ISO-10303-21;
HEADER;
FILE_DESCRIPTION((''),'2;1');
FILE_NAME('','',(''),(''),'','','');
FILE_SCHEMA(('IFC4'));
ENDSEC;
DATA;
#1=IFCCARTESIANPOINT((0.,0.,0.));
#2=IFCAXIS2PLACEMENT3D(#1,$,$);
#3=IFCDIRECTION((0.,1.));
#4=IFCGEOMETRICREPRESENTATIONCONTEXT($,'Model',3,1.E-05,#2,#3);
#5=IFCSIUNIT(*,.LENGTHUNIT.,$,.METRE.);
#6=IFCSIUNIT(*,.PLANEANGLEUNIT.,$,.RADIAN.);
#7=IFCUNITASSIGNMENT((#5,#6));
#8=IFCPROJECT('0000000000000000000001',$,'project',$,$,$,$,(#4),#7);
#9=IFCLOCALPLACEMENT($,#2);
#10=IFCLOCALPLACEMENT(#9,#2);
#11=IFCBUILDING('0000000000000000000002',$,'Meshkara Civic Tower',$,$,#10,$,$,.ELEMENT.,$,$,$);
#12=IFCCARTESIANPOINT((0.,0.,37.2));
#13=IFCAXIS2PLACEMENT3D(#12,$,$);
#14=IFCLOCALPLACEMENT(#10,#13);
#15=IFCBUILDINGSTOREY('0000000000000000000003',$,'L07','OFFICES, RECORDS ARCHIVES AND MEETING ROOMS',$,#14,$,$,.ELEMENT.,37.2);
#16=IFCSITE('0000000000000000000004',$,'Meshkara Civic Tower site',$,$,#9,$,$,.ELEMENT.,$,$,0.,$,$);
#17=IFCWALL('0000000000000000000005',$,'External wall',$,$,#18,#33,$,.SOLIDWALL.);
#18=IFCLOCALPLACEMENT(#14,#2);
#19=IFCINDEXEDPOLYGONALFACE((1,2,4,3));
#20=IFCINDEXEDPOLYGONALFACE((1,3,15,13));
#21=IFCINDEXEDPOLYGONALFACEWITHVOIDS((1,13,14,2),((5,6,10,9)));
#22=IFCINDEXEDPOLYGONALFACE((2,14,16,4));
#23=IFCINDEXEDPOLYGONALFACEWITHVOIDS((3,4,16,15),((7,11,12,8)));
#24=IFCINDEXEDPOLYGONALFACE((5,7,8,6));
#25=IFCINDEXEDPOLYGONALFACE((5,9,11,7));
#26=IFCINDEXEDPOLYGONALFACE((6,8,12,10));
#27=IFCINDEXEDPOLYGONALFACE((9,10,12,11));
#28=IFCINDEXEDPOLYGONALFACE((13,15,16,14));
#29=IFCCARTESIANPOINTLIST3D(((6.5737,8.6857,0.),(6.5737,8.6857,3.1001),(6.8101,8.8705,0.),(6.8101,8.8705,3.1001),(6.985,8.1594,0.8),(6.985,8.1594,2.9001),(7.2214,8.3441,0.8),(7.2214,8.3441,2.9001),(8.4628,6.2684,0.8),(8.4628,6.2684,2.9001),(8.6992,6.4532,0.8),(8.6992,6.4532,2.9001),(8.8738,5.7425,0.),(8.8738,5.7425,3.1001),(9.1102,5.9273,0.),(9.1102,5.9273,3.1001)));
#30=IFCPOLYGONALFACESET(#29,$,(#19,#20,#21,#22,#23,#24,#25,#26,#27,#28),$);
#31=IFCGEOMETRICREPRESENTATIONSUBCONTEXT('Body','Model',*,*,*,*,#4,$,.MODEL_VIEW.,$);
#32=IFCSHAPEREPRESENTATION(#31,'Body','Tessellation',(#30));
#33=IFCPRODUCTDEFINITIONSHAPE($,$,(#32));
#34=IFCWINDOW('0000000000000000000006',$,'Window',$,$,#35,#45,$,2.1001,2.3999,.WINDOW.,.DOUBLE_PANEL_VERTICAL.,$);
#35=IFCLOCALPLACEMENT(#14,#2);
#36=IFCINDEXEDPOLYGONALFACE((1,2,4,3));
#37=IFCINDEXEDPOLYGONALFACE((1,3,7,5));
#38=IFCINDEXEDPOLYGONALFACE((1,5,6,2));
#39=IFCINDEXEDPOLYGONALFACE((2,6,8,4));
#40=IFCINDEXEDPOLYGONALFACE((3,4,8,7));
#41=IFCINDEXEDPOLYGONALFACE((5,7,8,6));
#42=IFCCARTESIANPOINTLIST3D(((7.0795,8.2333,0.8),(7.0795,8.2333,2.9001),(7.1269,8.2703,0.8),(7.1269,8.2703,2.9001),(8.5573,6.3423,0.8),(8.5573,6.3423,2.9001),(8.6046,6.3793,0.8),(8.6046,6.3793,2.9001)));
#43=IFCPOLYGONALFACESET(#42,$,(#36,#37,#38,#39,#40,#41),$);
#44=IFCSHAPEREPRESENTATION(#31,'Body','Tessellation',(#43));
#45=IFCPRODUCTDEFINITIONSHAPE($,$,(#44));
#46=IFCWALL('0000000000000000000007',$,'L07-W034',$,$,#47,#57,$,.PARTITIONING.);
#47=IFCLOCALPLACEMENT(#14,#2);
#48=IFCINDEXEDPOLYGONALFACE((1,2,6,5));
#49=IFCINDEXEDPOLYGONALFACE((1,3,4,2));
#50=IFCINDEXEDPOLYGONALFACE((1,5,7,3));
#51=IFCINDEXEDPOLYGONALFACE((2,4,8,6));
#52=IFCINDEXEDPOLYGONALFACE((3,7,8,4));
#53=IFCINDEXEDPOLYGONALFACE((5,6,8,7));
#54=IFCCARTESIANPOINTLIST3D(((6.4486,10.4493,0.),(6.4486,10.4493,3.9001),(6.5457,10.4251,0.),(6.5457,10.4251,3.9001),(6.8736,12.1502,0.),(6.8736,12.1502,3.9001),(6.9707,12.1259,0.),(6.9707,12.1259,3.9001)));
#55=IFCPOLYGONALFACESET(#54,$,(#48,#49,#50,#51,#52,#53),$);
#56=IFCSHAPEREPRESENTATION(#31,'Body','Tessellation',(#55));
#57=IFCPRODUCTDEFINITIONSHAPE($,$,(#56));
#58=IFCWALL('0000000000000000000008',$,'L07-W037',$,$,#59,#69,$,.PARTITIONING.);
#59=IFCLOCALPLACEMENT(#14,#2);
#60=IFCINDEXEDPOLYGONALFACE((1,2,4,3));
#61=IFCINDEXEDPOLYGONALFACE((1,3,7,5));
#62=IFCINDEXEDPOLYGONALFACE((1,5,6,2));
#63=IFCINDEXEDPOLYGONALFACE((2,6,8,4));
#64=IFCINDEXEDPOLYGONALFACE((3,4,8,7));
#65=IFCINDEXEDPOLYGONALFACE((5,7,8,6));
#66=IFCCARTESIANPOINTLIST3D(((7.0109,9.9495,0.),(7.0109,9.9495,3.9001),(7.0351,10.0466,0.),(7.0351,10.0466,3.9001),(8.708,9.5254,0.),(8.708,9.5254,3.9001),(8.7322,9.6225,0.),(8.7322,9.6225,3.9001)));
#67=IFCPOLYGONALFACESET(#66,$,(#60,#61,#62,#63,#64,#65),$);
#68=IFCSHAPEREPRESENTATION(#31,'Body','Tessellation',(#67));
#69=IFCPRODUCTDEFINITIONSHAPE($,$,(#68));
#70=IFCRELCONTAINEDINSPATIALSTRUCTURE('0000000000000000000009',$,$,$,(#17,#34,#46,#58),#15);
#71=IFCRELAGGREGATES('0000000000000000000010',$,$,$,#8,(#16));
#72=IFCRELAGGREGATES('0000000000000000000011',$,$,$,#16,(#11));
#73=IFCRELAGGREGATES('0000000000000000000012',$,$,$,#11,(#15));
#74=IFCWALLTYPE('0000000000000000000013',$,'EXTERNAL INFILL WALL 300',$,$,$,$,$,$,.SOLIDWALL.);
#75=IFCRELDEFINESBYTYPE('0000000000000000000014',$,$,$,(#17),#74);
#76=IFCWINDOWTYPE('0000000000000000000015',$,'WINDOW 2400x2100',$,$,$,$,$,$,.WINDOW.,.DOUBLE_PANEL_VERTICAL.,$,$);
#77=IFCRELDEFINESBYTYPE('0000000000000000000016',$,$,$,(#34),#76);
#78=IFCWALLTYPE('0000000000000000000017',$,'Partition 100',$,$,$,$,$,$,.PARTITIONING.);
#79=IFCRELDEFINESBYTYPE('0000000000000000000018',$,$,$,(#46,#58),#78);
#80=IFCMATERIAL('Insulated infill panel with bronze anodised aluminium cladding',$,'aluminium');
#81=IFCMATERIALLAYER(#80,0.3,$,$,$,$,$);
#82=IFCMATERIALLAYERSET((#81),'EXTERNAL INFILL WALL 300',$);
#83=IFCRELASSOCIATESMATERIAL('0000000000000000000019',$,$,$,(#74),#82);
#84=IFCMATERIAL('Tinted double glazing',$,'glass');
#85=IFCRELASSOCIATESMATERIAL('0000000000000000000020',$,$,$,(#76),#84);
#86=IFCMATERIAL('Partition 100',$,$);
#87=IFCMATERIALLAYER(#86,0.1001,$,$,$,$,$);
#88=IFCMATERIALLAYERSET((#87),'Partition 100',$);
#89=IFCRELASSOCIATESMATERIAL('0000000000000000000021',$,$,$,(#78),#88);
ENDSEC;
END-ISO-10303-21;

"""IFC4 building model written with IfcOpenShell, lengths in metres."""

from ifc_helpers import new_model, si_unit, direction, frame, frame_2d, origin, place, context, subcontext, project, spatial, rectangle, extrude, material, layer, layer_set, type_object, element, fill, save


model = new_model("IFC4")

# Units and contexts
model_context = context("Model", 3, precision=1e-05, world=origin(), true_north=direction((0.0, 1.0)))
body_context = subcontext(model_context, "Body", "Model", "MODEL_VIEW")
ifc_project = project(units=[si_unit("LENGTHUNIT", "METRE"), si_unit("PLANEANGLEUNIT", "RADIAN")], contexts=[model_context])

# Site, building, storey
site_placement = place(None, origin())
site = spatial("IfcSite", under=ifc_project, at=site_placement, Name="Meshkara Civic Tower site", CompositionType="ELEMENT", RefElevation=0.0)
building_placement = place(site_placement, origin())
building = spatial("IfcBuilding", under=site, at=building_placement, Name="Meshkara Civic Tower", CompositionType="ELEMENT")
storey_placement = place(building_placement, frame((0.0, 0.0, 37.2)))
storey = spatial("IfcBuildingStorey", under=building, at=storey_placement, Name="L07", Description="OFFICES, RECORDS ARCHIVES AND MEETING ROOMS", CompositionType="ELEMENT", Elevation=37.2)

# Wall, opening, window
ifc_material_1 = material(Name="Insulated infill panel with bronze anodised aluminium cladding", Category="aluminium")
ifc_layer_1 = layer(ifc_material_1, 0.3)
ifc_layer_set_1 = layer_set([ifc_layer_1], Name="EXTERNAL INFILL WALL 300")
wall_type_1 = type_object("IfcWallType", Name="EXTERNAL INFILL WALL 300", PredefinedType="SOLIDWALL", material=ifc_layer_set_1)
ifc_material_2 = material(Name="Tinted double glazing", Category="glass")
window_type = type_object("IfcWindowType", Name="WINDOW 2400x2100", PartitioningType="DOUBLE_PANEL_VERTICAL", PredefinedType="WINDOW", material=ifc_material_2)
wall_1_placement = place(storey_placement, frame((6.6919, 8.7781, 0.0), z_axis=(0.0, 0.0, 1.0), x_axis=(0.615767, -0.787928, 0.0)))
wall_1 = element("IfcWall", 1, at=wall_1_placement, inside=storey, type_object=wall_type_1, Name="External wall", PredefinedType="SOLIDWALL", context=body_context, shape_type="SweptSolid", body=[
    extrude(rectangle(XDim=3.7354, YDim=0.3, at=frame_2d((1.8677, 0.0))), origin(), (0.0, 0.0, 1.0), 3.1001),
])
opening_1_placement = place(wall_1_placement, frame((0.668, 0.0, 0.8)))
opening_1 = element("IfcOpeningElement", 2, at=opening_1_placement, cuts=wall_1, PredefinedType="OPENING", context=body_context, shape_type="SweptSolid", body=[
    extrude(rectangle(XDim=2.3999, YDim=2.1001, at=frame_2d((1.2, 1.05))), frame((0.0, 0.1599, 0.0), z_axis=(0.0, -1.0, 0.0), x_axis=(1.0, 0.0, 0.0)), (0.0, 0.0, 1.0), 0.3201),
])
window_1_placement = place(opening_1_placement, origin())
window_1 = element("IfcWindow", 3, at=window_1_placement, inside=storey, type_object=window_type, Name="Window", OverallHeight=2.1001, OverallWidth=2.3999, PartitioningType="DOUBLE_PANEL_VERTICAL", PredefinedType="WINDOW", context=body_context, shape_type="SweptSolid", body=[
    extrude(rectangle(XDim=2.3999, YDim=2.1001, at=frame_2d((1.2, 1.05))), frame((0.0, 0.03, 0.0), z_axis=(0.0, -1.0, 0.0), x_axis=(1.0, 0.0, 0.0)), (0.0, 0.0, 1.0), 0.0601),
])
fill(opening_1, window_1)

# Walls
ifc_material_3 = material(Name="Partition 100")
ifc_layer_2 = layer(ifc_material_3, 0.1001)
ifc_layer_set_2 = layer_set([ifc_layer_2], Name="Partition 100")
wall_type_2 = type_object("IfcWallType", Name="Partition 100", PredefinedType="PARTITIONING", material=ifc_layer_set_2)
wall_2_placement = place(storey_placement, frame((6.9221, 12.1379, 0.0), z_axis=(0.0, 0.0, 1.0), x_axis=(-0.242437, -0.970167, 0.0)))
element("IfcWall", 4, at=wall_2_placement, inside=storey, type_object=wall_type_2, Name="L07-W034", PredefinedType="PARTITIONING", context=body_context, shape_type="SweptSolid", body=[
    extrude(rectangle(XDim=1.7532, YDim=0.1001, at=frame_2d((0.8765, 0.0))), origin(), (0.0, 0.0, 1.0), 3.9001),
])
wall_3_placement = place(storey_placement, frame((8.72, 9.574, 0.0), z_axis=(0.0, 0.0, 1.0), x_axis=(-0.970167, 0.242437, 0.0)))
element("IfcWall", 5, at=wall_3_placement, inside=storey, type_object=wall_type_2, Name="L07-W037", PredefinedType="PARTITIONING", context=body_context, shape_type="SweptSolid", body=[
    extrude(rectangle(XDim=1.7493, YDim=0.1001, at=frame_2d((0.8745, 0.0))), origin(), (0.0, 0.0, 1.0), 3.9001),
])

save(model, "model.ifc")
